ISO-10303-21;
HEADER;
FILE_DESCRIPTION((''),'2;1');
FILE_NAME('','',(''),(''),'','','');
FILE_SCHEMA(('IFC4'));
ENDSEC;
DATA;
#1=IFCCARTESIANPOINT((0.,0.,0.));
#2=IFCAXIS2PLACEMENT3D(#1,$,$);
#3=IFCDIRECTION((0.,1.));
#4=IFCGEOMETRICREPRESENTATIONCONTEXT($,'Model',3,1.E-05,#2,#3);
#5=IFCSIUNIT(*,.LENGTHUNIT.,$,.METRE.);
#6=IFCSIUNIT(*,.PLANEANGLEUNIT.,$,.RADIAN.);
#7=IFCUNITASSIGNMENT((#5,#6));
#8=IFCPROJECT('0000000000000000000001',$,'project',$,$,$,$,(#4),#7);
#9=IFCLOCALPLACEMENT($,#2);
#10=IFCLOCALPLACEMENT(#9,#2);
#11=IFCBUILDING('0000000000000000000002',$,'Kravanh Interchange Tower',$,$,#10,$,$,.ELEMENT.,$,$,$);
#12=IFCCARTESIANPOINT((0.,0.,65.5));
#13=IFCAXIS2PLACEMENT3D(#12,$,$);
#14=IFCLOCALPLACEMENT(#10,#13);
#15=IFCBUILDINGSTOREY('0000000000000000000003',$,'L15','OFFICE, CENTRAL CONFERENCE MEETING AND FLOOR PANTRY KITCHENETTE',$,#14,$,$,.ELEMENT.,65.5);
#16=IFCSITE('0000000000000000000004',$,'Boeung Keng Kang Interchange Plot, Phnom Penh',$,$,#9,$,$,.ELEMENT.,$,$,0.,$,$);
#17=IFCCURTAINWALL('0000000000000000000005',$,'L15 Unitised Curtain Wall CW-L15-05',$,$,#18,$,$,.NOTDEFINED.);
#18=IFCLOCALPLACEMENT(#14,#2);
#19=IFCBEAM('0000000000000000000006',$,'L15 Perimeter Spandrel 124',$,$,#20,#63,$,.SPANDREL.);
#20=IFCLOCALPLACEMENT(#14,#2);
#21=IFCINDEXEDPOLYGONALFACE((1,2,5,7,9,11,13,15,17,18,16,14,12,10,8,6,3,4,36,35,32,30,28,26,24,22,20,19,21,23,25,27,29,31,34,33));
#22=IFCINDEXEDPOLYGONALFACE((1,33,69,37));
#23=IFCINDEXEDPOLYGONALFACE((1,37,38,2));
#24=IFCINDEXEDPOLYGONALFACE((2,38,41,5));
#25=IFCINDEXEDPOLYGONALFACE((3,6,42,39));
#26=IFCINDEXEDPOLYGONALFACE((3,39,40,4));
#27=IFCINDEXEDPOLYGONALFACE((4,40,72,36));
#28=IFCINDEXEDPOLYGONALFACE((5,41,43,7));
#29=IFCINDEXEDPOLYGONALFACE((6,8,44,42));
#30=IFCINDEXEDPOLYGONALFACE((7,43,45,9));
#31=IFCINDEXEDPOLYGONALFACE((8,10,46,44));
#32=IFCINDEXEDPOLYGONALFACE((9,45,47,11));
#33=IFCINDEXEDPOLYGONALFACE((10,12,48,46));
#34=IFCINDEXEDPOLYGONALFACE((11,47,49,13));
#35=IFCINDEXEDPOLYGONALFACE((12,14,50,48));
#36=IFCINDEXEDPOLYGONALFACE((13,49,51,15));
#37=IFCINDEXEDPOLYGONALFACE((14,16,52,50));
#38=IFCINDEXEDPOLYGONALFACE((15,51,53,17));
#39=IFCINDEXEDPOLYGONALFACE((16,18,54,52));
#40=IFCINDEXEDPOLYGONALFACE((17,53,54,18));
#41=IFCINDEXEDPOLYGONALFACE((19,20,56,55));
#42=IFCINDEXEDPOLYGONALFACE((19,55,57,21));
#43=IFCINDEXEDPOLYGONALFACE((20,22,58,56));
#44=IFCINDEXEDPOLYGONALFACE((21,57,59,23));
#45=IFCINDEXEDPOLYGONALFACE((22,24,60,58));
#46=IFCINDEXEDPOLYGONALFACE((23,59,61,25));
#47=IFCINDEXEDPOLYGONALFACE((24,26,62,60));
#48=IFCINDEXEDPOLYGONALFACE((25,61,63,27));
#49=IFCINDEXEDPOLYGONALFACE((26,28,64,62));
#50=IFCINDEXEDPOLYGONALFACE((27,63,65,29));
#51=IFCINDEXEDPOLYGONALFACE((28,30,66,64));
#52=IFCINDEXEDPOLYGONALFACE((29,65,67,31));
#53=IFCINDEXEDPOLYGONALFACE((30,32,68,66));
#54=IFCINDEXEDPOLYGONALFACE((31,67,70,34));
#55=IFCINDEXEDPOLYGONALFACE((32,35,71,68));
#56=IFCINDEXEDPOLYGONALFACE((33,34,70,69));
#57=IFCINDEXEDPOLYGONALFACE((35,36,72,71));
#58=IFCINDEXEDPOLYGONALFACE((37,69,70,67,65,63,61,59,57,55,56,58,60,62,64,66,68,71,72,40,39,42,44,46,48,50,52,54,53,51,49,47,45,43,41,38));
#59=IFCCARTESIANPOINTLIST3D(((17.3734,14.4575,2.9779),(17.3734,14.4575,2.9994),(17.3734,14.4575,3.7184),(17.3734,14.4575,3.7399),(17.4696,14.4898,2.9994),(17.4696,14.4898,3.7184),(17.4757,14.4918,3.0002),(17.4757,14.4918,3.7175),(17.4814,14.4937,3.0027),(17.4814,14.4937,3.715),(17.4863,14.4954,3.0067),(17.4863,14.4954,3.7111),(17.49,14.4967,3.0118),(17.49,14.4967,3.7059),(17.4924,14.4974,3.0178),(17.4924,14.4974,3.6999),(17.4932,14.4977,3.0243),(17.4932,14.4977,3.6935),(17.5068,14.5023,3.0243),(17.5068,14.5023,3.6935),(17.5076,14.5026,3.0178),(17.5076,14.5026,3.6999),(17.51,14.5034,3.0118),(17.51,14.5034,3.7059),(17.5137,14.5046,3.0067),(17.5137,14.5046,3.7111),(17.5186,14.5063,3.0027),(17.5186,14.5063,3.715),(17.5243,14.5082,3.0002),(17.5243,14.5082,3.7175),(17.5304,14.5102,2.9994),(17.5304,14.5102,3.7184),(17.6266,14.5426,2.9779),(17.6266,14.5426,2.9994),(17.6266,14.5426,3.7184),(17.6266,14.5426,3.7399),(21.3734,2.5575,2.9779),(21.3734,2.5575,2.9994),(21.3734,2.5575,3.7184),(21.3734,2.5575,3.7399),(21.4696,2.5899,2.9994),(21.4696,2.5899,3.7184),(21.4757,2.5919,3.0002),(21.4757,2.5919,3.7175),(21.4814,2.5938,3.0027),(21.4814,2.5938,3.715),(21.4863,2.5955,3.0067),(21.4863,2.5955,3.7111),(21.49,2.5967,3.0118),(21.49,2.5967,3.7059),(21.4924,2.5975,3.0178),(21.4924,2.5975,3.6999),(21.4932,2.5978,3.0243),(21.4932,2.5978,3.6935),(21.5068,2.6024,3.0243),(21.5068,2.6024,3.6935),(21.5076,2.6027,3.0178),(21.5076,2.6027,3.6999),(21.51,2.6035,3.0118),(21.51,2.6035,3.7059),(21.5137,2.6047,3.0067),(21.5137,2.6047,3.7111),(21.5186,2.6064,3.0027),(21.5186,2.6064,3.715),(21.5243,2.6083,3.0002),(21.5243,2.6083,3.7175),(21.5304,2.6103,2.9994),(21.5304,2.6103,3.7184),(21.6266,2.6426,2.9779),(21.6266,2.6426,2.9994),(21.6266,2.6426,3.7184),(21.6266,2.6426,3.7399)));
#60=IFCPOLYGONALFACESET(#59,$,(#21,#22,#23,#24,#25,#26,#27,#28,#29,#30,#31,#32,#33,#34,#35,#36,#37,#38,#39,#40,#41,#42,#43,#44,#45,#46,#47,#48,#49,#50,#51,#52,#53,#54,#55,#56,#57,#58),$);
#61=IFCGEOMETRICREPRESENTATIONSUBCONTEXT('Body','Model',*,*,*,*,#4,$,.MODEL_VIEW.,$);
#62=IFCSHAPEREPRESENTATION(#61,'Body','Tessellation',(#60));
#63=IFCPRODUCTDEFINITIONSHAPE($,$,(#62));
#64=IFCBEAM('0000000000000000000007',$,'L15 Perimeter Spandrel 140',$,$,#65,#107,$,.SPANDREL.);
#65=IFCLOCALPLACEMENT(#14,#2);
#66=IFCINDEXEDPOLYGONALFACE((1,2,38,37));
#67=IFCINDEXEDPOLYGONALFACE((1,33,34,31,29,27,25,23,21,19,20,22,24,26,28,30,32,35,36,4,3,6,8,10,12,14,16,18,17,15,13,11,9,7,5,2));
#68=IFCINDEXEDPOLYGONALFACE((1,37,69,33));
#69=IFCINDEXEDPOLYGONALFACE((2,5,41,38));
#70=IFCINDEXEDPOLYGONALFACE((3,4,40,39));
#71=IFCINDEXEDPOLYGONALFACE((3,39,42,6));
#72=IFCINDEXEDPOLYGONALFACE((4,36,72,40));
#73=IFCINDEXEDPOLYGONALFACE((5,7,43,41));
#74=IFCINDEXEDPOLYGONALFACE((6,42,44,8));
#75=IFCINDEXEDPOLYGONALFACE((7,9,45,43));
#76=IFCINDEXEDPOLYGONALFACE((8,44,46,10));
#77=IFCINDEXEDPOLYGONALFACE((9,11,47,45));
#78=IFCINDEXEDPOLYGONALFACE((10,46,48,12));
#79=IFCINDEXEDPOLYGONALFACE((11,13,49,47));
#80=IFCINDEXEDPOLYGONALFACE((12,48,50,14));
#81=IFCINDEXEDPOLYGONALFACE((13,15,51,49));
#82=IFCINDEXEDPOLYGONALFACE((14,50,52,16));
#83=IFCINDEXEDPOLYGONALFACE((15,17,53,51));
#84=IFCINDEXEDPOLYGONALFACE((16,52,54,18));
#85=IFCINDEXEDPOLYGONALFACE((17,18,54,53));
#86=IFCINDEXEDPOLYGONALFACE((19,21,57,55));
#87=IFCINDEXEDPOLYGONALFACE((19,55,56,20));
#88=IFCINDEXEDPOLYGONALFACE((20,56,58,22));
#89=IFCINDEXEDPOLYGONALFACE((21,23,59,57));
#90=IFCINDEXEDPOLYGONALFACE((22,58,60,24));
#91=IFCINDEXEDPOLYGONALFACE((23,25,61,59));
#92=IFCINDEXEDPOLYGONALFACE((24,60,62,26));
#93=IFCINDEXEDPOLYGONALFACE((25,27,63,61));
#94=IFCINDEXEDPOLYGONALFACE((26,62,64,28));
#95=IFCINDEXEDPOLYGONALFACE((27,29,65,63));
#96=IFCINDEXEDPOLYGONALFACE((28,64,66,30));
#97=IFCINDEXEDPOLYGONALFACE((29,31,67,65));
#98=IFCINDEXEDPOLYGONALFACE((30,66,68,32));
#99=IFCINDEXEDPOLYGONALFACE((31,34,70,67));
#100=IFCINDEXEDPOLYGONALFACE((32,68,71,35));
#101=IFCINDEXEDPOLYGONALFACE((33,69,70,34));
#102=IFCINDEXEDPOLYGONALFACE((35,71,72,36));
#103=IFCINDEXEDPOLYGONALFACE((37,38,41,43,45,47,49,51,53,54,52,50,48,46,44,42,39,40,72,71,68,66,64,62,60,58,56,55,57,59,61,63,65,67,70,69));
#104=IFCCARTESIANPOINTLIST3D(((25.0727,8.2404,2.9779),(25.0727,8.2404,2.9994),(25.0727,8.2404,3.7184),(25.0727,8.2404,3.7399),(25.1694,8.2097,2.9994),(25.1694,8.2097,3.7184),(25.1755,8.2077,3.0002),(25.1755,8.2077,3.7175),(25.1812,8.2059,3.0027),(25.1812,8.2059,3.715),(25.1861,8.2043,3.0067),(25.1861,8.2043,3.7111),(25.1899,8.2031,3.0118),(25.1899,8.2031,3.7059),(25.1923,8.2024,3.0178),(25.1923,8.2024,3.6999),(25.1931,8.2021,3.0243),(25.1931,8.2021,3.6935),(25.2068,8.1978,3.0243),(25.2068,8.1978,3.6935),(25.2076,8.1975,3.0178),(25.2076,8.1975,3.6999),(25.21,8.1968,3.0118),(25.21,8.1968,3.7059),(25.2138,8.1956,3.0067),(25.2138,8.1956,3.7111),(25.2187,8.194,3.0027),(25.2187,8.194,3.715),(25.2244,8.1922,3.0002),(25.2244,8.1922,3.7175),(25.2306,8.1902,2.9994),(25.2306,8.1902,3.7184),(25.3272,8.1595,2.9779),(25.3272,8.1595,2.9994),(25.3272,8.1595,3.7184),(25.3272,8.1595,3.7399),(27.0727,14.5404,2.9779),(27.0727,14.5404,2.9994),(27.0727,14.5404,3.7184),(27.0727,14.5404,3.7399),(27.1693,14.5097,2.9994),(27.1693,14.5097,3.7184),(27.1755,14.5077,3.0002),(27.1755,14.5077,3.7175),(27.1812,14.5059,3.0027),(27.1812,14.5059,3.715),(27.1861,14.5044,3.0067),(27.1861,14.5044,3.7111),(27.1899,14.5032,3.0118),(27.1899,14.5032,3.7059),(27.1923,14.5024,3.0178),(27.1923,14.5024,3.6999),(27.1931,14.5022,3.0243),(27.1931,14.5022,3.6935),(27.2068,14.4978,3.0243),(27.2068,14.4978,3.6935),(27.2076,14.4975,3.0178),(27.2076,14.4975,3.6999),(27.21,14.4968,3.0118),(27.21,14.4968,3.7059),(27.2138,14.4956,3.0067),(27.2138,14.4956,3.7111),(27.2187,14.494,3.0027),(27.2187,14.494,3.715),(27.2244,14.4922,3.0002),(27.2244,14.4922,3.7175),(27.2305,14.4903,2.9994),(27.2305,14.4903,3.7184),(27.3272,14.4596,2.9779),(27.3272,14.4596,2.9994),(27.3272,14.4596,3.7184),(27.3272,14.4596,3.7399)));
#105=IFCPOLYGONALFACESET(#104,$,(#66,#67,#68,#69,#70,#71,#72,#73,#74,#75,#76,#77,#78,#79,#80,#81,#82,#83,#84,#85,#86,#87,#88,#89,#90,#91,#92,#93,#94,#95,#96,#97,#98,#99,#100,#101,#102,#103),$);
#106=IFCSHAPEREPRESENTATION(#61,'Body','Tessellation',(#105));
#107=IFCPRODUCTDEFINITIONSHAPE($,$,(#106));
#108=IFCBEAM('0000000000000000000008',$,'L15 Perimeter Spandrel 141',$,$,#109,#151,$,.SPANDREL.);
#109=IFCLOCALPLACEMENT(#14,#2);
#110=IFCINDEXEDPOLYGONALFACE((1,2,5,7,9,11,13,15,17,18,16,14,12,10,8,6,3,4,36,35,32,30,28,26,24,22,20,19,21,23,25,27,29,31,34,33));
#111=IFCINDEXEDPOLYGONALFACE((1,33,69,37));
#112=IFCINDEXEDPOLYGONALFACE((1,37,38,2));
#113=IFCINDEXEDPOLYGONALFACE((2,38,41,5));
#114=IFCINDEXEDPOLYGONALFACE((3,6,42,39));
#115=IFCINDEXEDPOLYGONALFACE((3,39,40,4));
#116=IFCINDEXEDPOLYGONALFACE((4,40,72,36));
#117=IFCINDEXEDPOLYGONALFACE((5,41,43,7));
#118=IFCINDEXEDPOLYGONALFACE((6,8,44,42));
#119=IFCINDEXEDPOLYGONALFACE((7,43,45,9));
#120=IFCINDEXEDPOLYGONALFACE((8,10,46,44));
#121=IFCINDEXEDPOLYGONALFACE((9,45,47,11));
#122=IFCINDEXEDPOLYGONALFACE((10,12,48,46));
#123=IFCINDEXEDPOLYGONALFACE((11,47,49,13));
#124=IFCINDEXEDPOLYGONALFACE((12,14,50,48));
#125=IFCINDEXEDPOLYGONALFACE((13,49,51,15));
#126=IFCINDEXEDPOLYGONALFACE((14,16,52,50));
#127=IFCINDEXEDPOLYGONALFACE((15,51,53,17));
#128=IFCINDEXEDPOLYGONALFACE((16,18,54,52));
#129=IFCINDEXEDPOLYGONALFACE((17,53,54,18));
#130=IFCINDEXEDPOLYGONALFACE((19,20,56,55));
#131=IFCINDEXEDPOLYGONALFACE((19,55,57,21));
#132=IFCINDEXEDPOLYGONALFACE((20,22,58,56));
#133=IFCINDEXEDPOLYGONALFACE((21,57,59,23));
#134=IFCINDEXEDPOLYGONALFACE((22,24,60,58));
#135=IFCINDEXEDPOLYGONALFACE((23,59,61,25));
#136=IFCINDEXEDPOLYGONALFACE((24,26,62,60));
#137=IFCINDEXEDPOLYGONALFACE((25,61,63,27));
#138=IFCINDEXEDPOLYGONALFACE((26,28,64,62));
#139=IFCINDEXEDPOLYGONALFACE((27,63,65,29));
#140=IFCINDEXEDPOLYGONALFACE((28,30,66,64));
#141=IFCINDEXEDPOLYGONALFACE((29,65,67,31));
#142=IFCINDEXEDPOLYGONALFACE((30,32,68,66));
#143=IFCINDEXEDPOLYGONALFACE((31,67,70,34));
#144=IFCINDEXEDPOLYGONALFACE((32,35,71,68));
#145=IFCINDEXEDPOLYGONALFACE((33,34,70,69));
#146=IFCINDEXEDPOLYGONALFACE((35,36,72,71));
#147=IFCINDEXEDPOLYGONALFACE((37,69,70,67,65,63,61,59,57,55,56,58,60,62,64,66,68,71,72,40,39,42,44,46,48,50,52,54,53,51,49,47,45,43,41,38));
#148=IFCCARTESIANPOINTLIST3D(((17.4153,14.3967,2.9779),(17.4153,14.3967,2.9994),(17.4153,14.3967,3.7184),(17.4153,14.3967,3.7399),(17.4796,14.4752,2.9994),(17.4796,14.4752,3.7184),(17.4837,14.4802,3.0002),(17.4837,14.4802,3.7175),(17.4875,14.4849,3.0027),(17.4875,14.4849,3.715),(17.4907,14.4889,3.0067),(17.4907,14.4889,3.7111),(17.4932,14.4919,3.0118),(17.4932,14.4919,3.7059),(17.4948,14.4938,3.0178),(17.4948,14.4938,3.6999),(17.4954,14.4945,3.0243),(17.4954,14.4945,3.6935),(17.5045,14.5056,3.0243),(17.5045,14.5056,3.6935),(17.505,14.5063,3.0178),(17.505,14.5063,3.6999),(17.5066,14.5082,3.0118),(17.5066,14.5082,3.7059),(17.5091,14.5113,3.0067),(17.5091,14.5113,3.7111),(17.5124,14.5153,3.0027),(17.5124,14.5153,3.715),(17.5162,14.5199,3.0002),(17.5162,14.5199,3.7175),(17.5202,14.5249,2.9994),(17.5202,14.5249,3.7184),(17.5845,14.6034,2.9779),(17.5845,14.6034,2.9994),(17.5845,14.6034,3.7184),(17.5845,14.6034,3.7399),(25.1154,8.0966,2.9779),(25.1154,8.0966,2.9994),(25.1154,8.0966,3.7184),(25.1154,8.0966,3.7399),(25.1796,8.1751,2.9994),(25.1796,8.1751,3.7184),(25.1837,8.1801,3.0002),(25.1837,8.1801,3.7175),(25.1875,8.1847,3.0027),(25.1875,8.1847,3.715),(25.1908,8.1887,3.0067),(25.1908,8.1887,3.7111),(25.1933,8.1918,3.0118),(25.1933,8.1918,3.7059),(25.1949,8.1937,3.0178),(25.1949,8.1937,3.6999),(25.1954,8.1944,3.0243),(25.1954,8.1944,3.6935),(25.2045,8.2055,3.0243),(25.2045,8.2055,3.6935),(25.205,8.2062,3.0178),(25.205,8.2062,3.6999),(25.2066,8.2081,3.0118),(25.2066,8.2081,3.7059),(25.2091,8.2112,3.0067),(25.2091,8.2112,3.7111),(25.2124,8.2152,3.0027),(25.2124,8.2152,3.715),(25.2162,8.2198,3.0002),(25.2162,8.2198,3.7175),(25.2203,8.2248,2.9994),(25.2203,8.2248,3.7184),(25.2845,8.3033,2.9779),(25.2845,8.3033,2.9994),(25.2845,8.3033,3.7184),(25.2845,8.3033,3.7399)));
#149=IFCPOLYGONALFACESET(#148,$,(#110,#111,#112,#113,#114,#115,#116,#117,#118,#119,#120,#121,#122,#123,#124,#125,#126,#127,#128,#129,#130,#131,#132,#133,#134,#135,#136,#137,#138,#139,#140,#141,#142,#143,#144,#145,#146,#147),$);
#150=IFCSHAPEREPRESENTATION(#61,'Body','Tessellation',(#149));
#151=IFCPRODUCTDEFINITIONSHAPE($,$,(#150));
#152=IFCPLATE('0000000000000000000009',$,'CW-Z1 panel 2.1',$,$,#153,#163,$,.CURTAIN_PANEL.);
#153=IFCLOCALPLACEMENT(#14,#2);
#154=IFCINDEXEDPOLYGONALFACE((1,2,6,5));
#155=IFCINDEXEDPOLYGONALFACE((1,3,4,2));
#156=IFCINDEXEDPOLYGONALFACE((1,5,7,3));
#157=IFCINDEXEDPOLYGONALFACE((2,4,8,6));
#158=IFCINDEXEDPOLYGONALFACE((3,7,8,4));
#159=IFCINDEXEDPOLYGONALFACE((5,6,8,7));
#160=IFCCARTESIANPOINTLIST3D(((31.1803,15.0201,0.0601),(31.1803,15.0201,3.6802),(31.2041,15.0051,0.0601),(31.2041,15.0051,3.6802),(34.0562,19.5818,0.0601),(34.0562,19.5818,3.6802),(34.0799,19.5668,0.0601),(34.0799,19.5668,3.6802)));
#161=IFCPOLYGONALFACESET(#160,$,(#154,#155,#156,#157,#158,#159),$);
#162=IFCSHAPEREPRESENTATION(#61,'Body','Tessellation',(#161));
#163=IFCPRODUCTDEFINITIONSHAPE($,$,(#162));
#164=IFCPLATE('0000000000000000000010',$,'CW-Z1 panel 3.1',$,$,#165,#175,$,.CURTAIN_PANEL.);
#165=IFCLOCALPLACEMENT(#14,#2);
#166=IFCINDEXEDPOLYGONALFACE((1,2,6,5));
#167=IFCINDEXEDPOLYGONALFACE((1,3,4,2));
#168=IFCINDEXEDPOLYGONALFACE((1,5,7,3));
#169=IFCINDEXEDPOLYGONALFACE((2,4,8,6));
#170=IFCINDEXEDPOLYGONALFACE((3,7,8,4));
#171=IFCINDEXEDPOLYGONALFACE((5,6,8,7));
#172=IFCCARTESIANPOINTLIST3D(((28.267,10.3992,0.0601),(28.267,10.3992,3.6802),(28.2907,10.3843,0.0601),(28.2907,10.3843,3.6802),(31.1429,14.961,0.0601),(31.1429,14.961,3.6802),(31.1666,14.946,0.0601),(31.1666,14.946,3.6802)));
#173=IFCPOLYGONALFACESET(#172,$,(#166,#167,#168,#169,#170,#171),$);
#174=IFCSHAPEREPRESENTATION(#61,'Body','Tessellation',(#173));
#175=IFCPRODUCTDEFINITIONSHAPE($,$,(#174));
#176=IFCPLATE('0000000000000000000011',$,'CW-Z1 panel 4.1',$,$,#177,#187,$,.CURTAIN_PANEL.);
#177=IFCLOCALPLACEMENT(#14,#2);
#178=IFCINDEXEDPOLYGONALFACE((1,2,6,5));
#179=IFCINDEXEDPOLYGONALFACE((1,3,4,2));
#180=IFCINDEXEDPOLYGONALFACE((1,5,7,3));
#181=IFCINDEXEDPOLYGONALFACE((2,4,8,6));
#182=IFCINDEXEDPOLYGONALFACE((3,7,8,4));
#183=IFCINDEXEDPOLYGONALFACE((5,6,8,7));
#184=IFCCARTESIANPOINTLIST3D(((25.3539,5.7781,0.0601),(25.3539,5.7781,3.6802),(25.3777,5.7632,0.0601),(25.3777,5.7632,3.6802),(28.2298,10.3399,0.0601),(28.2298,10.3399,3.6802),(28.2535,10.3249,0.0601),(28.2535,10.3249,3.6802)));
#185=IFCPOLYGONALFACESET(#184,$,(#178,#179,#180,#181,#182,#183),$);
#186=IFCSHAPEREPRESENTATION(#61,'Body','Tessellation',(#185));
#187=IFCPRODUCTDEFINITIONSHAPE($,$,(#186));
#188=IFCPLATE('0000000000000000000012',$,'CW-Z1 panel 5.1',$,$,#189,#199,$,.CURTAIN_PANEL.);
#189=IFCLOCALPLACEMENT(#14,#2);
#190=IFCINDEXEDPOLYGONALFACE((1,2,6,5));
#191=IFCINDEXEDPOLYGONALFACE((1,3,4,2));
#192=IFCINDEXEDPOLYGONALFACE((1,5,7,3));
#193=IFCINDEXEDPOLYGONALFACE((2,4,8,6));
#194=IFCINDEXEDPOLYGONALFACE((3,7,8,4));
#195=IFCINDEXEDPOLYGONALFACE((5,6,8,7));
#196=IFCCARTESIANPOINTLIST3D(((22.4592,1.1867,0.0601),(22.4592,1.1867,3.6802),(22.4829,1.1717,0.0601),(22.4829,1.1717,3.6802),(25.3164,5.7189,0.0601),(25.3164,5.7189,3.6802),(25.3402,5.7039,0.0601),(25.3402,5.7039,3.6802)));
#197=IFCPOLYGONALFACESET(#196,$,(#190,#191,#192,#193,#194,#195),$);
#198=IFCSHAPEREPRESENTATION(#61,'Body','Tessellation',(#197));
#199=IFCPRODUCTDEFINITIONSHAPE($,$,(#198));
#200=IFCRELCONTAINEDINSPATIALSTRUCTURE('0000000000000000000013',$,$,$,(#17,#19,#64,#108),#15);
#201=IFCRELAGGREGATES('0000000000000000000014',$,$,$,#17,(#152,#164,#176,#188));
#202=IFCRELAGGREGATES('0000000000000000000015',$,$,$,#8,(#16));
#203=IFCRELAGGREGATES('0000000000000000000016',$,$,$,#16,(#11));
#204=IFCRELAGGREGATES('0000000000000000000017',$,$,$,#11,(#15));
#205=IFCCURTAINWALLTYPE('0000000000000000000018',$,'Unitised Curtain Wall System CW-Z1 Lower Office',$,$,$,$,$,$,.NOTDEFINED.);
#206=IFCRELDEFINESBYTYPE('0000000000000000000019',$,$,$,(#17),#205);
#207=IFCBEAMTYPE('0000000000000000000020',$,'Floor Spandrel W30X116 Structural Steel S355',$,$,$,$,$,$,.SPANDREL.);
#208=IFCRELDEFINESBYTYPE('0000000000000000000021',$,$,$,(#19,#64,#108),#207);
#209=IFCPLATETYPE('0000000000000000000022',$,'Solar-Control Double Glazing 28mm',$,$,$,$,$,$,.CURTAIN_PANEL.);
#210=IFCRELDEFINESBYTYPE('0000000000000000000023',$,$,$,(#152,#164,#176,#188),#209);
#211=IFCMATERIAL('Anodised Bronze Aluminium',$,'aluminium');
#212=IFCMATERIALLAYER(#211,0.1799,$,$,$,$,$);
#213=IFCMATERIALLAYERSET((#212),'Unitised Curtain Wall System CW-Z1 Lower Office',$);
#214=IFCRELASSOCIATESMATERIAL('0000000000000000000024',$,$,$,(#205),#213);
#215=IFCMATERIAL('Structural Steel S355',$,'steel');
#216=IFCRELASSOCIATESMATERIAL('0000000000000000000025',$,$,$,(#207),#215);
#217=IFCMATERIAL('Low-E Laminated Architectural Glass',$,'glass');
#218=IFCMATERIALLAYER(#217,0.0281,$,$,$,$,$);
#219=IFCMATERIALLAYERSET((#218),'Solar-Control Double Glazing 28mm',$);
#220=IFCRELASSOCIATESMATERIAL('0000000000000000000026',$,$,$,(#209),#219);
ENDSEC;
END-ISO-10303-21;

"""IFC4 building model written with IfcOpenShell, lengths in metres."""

from ifc_helpers import new_model, si_unit, direction, frame, origin, origin_2d, place, context, subcontext, project, spatial, rectangle, i_section, extrude, material, layer, layer_set, material_profile, profile_set, type_object, element, aggregate, save


model = new_model("IFC4")

# Units and contexts
model_context = context("Model", 3, precision=1e-05, world=origin(), true_north=direction((0.0, 1.0)))
body_context = subcontext(model_context, "Body", "Model", "MODEL_VIEW")
ifc_project = project(units=[si_unit("LENGTHUNIT", "METRE"), si_unit("PLANEANGLEUNIT", "RADIAN")], contexts=[model_context])

# Site, building, storey
site_placement = place(None, origin())
site = spatial("IfcSite", under=ifc_project, at=site_placement, Name="Boeung Keng Kang Interchange Plot, Phnom Penh", CompositionType="ELEMENT", RefElevation=0.0)
building_placement = place(site_placement, origin())
building = spatial("IfcBuilding", under=site, at=building_placement, Name="Kravanh Interchange Tower", CompositionType="ELEMENT")
storey_placement = place(building_placement, frame((0.0, 0.0, 65.5)))
storey = spatial("IfcBuildingStorey", under=building, at=storey_placement, Name="L15", Description="OFFICE, CENTRAL CONFERENCE MEETING AND FLOOR PANTRY KITCHENETTE", CompositionType="ELEMENT", Elevation=65.5)

# Curtain wall
ifc_material_1 = material(Name="Anodised Bronze Aluminium", Category="aluminium")
ifc_layer_1 = layer(ifc_material_1, 0.1799)
ifc_layer_set_1 = layer_set([ifc_layer_1], Name="Unitised Curtain Wall System CW-Z1 Lower Office")
curtain_wall_type = type_object("IfcCurtainWallType", Name="Unitised Curtain Wall System CW-Z1 Lower Office", PredefinedType="NOTDEFINED", material=ifc_layer_set_1)
curtain_wall_1_placement = place(storey_placement, origin())
curtain_wall_1 = element("IfcCurtainWall", 1, at=curtain_wall_1_placement, inside=storey, type_object=curtain_wall_type, Name="L15 Unitised Curtain Wall CW-L15-05", PredefinedType="NOTDEFINED")

# Beams
ifc_material_2 = material(Name="Structural Steel S355", Category="steel")
ifc_material_profile_1 = material_profile(ifc_material_2, i_section(OverallWidth=0.2671, OverallDepth=0.762, WebThickness=0.0144, FlangeThickness=0.0215, FilletRadius=0.0249, at=origin_2d()), Name="W30X116")
ifc_profile_set_1 = profile_set([ifc_material_profile_1], Name="Structural Steel S355")
beam_type = type_object("IfcBeamType", Name="Floor Spandrel W30X116 Structural Steel S355", PredefinedType="SPANDREL", material=ifc_profile_set_1)
beam_1_placement = place(storey_placement, frame((21.5, 2.6001, 3.3589), z_axis=(-0.318619, 0.947883, 0.0), x_axis=(-0.947883, -0.318619, 0.0)))
element("IfcBeam", 2, at=beam_1_placement, inside=storey, type_object=beam_type, Name="L15 Perimeter Spandrel 124", PredefinedType="SPANDREL", context=body_context, shape_type="SweptSolid", body=[
    extrude(i_section(OverallWidth=0.2671, OverallDepth=0.762, WebThickness=0.0144, FlangeThickness=0.0215, FilletRadius=0.0249, at=origin_2d()), origin(), (0.0, 0.0, 1.0), 12.5542),
])
beam_2_placement = place(storey_placement, frame((25.2, 8.2, 3.3589), z_axis=(0.302577, 0.953125, 0.0), x_axis=(-0.953125, 0.302577, 0.0)))
element("IfcBeam", 3, at=beam_2_placement, inside=storey, type_object=beam_type, Name="L15 Perimeter Spandrel 140", PredefinedType="SPANDREL", context=body_context, shape_type="SweptSolid", body=[
    extrude(i_section(OverallWidth=0.2671, OverallDepth=0.762, WebThickness=0.0144, FlangeThickness=0.0215, FilletRadius=0.0249, at=origin_2d()), origin(), (0.0, 0.0, 1.0), 6.6099),
])
beam_3_placement = place(storey_placement, frame((25.2, 8.2, 3.3589), z_axis=(-0.773953, 0.633243, 0.0), x_axis=(-0.633243, -0.773953, 0.0)))
element("IfcBeam", 4, at=beam_3_placement, inside=storey, type_object=beam_type, Name="L15 Perimeter Spandrel 141", PredefinedType="SPANDREL", context=body_context, shape_type="SweptSolid", body=[
    extrude(i_section(OverallWidth=0.2671, OverallDepth=0.762, WebThickness=0.0144, FlangeThickness=0.0215, FilletRadius=0.0249, at=origin_2d()), origin(), (0.0, 0.0, 1.0), 9.949),
])

# Plates
ifc_material_3 = material(Name="Low-E Laminated Architectural Glass", Category="glass")
ifc_layer_2 = layer(ifc_material_3, 0.0281)
ifc_layer_set_2 = layer_set([ifc_layer_2], Name="Solar-Control Double Glazing 28mm")
plate_type = type_object("IfcPlateType", Name="Solar-Control Double Glazing 28mm", PredefinedType="CURTAIN_PANEL", material=ifc_layer_set_2)
plate_1_placement = place(storey_placement, frame((32.6301, 17.2935, 0.0601), z_axis=(0.0, 0.0, 1.0), x_axis=(-0.533301, -0.845926, 0.0)))
plate_1 = element("IfcPlate", 5, at=plate_1_placement, type_object=plate_type, Name="CW-Z1 panel 2.1", PredefinedType="CURTAIN_PANEL", context=body_context, shape_type="SweptSolid", body=[
    extrude(rectangle(XDim=5.3926, YDim=0.0281, at=origin_2d()), origin(), (0.0, 0.0, 1.0), 3.6201),
])
plate_2_placement = place(storey_placement, frame((29.7168, 12.6726, 0.0601), z_axis=(0.0, 0.0, 1.0), x_axis=(-0.533301, -0.845926, 0.0)))
plate_2 = element("IfcPlate", 6, at=plate_2_placement, type_object=plate_type, Name="CW-Z1 panel 3.1", PredefinedType="CURTAIN_PANEL", context=body_context, shape_type="SweptSolid", body=[
    extrude(rectangle(XDim=5.3926, YDim=0.0281, at=origin_2d()), origin(), (0.0, 0.0, 1.0), 3.6201),
])
plate_3_placement = place(storey_placement, frame((26.8037, 8.0515, 0.0601), z_axis=(0.0, 0.0, 1.0), x_axis=(-0.533301, -0.845926, 0.0)))
plate_3 = element("IfcPlate", 7, at=plate_3_placement, type_object=plate_type, Name="CW-Z1 panel 4.1", PredefinedType="CURTAIN_PANEL", context=body_context, shape_type="SweptSolid", body=[
    extrude(rectangle(XDim=5.3926, YDim=0.0281, at=origin_2d()), origin(), (0.0, 0.0, 1.0), 3.6201),
])
plate_4_placement = place(storey_placement, frame((23.8997, 3.4453, 0.0601), z_axis=(0.0, 0.0, 1.0), x_axis=(-0.533301, -0.845926, 0.0)))
plate_4 = element("IfcPlate", 8, at=plate_4_placement, type_object=plate_type, Name="CW-Z1 panel 5.1", PredefinedType="CURTAIN_PANEL", context=body_context, shape_type="SweptSolid", body=[
    extrude(rectangle(XDim=5.3577, YDim=0.0281, at=origin_2d()), origin(), (0.0, 0.0, 1.0), 3.6201),
])
aggregate(curtain_wall_1, [plate_1, plate_2, plate_3, plate_4])

save(model, "model.ifc")
